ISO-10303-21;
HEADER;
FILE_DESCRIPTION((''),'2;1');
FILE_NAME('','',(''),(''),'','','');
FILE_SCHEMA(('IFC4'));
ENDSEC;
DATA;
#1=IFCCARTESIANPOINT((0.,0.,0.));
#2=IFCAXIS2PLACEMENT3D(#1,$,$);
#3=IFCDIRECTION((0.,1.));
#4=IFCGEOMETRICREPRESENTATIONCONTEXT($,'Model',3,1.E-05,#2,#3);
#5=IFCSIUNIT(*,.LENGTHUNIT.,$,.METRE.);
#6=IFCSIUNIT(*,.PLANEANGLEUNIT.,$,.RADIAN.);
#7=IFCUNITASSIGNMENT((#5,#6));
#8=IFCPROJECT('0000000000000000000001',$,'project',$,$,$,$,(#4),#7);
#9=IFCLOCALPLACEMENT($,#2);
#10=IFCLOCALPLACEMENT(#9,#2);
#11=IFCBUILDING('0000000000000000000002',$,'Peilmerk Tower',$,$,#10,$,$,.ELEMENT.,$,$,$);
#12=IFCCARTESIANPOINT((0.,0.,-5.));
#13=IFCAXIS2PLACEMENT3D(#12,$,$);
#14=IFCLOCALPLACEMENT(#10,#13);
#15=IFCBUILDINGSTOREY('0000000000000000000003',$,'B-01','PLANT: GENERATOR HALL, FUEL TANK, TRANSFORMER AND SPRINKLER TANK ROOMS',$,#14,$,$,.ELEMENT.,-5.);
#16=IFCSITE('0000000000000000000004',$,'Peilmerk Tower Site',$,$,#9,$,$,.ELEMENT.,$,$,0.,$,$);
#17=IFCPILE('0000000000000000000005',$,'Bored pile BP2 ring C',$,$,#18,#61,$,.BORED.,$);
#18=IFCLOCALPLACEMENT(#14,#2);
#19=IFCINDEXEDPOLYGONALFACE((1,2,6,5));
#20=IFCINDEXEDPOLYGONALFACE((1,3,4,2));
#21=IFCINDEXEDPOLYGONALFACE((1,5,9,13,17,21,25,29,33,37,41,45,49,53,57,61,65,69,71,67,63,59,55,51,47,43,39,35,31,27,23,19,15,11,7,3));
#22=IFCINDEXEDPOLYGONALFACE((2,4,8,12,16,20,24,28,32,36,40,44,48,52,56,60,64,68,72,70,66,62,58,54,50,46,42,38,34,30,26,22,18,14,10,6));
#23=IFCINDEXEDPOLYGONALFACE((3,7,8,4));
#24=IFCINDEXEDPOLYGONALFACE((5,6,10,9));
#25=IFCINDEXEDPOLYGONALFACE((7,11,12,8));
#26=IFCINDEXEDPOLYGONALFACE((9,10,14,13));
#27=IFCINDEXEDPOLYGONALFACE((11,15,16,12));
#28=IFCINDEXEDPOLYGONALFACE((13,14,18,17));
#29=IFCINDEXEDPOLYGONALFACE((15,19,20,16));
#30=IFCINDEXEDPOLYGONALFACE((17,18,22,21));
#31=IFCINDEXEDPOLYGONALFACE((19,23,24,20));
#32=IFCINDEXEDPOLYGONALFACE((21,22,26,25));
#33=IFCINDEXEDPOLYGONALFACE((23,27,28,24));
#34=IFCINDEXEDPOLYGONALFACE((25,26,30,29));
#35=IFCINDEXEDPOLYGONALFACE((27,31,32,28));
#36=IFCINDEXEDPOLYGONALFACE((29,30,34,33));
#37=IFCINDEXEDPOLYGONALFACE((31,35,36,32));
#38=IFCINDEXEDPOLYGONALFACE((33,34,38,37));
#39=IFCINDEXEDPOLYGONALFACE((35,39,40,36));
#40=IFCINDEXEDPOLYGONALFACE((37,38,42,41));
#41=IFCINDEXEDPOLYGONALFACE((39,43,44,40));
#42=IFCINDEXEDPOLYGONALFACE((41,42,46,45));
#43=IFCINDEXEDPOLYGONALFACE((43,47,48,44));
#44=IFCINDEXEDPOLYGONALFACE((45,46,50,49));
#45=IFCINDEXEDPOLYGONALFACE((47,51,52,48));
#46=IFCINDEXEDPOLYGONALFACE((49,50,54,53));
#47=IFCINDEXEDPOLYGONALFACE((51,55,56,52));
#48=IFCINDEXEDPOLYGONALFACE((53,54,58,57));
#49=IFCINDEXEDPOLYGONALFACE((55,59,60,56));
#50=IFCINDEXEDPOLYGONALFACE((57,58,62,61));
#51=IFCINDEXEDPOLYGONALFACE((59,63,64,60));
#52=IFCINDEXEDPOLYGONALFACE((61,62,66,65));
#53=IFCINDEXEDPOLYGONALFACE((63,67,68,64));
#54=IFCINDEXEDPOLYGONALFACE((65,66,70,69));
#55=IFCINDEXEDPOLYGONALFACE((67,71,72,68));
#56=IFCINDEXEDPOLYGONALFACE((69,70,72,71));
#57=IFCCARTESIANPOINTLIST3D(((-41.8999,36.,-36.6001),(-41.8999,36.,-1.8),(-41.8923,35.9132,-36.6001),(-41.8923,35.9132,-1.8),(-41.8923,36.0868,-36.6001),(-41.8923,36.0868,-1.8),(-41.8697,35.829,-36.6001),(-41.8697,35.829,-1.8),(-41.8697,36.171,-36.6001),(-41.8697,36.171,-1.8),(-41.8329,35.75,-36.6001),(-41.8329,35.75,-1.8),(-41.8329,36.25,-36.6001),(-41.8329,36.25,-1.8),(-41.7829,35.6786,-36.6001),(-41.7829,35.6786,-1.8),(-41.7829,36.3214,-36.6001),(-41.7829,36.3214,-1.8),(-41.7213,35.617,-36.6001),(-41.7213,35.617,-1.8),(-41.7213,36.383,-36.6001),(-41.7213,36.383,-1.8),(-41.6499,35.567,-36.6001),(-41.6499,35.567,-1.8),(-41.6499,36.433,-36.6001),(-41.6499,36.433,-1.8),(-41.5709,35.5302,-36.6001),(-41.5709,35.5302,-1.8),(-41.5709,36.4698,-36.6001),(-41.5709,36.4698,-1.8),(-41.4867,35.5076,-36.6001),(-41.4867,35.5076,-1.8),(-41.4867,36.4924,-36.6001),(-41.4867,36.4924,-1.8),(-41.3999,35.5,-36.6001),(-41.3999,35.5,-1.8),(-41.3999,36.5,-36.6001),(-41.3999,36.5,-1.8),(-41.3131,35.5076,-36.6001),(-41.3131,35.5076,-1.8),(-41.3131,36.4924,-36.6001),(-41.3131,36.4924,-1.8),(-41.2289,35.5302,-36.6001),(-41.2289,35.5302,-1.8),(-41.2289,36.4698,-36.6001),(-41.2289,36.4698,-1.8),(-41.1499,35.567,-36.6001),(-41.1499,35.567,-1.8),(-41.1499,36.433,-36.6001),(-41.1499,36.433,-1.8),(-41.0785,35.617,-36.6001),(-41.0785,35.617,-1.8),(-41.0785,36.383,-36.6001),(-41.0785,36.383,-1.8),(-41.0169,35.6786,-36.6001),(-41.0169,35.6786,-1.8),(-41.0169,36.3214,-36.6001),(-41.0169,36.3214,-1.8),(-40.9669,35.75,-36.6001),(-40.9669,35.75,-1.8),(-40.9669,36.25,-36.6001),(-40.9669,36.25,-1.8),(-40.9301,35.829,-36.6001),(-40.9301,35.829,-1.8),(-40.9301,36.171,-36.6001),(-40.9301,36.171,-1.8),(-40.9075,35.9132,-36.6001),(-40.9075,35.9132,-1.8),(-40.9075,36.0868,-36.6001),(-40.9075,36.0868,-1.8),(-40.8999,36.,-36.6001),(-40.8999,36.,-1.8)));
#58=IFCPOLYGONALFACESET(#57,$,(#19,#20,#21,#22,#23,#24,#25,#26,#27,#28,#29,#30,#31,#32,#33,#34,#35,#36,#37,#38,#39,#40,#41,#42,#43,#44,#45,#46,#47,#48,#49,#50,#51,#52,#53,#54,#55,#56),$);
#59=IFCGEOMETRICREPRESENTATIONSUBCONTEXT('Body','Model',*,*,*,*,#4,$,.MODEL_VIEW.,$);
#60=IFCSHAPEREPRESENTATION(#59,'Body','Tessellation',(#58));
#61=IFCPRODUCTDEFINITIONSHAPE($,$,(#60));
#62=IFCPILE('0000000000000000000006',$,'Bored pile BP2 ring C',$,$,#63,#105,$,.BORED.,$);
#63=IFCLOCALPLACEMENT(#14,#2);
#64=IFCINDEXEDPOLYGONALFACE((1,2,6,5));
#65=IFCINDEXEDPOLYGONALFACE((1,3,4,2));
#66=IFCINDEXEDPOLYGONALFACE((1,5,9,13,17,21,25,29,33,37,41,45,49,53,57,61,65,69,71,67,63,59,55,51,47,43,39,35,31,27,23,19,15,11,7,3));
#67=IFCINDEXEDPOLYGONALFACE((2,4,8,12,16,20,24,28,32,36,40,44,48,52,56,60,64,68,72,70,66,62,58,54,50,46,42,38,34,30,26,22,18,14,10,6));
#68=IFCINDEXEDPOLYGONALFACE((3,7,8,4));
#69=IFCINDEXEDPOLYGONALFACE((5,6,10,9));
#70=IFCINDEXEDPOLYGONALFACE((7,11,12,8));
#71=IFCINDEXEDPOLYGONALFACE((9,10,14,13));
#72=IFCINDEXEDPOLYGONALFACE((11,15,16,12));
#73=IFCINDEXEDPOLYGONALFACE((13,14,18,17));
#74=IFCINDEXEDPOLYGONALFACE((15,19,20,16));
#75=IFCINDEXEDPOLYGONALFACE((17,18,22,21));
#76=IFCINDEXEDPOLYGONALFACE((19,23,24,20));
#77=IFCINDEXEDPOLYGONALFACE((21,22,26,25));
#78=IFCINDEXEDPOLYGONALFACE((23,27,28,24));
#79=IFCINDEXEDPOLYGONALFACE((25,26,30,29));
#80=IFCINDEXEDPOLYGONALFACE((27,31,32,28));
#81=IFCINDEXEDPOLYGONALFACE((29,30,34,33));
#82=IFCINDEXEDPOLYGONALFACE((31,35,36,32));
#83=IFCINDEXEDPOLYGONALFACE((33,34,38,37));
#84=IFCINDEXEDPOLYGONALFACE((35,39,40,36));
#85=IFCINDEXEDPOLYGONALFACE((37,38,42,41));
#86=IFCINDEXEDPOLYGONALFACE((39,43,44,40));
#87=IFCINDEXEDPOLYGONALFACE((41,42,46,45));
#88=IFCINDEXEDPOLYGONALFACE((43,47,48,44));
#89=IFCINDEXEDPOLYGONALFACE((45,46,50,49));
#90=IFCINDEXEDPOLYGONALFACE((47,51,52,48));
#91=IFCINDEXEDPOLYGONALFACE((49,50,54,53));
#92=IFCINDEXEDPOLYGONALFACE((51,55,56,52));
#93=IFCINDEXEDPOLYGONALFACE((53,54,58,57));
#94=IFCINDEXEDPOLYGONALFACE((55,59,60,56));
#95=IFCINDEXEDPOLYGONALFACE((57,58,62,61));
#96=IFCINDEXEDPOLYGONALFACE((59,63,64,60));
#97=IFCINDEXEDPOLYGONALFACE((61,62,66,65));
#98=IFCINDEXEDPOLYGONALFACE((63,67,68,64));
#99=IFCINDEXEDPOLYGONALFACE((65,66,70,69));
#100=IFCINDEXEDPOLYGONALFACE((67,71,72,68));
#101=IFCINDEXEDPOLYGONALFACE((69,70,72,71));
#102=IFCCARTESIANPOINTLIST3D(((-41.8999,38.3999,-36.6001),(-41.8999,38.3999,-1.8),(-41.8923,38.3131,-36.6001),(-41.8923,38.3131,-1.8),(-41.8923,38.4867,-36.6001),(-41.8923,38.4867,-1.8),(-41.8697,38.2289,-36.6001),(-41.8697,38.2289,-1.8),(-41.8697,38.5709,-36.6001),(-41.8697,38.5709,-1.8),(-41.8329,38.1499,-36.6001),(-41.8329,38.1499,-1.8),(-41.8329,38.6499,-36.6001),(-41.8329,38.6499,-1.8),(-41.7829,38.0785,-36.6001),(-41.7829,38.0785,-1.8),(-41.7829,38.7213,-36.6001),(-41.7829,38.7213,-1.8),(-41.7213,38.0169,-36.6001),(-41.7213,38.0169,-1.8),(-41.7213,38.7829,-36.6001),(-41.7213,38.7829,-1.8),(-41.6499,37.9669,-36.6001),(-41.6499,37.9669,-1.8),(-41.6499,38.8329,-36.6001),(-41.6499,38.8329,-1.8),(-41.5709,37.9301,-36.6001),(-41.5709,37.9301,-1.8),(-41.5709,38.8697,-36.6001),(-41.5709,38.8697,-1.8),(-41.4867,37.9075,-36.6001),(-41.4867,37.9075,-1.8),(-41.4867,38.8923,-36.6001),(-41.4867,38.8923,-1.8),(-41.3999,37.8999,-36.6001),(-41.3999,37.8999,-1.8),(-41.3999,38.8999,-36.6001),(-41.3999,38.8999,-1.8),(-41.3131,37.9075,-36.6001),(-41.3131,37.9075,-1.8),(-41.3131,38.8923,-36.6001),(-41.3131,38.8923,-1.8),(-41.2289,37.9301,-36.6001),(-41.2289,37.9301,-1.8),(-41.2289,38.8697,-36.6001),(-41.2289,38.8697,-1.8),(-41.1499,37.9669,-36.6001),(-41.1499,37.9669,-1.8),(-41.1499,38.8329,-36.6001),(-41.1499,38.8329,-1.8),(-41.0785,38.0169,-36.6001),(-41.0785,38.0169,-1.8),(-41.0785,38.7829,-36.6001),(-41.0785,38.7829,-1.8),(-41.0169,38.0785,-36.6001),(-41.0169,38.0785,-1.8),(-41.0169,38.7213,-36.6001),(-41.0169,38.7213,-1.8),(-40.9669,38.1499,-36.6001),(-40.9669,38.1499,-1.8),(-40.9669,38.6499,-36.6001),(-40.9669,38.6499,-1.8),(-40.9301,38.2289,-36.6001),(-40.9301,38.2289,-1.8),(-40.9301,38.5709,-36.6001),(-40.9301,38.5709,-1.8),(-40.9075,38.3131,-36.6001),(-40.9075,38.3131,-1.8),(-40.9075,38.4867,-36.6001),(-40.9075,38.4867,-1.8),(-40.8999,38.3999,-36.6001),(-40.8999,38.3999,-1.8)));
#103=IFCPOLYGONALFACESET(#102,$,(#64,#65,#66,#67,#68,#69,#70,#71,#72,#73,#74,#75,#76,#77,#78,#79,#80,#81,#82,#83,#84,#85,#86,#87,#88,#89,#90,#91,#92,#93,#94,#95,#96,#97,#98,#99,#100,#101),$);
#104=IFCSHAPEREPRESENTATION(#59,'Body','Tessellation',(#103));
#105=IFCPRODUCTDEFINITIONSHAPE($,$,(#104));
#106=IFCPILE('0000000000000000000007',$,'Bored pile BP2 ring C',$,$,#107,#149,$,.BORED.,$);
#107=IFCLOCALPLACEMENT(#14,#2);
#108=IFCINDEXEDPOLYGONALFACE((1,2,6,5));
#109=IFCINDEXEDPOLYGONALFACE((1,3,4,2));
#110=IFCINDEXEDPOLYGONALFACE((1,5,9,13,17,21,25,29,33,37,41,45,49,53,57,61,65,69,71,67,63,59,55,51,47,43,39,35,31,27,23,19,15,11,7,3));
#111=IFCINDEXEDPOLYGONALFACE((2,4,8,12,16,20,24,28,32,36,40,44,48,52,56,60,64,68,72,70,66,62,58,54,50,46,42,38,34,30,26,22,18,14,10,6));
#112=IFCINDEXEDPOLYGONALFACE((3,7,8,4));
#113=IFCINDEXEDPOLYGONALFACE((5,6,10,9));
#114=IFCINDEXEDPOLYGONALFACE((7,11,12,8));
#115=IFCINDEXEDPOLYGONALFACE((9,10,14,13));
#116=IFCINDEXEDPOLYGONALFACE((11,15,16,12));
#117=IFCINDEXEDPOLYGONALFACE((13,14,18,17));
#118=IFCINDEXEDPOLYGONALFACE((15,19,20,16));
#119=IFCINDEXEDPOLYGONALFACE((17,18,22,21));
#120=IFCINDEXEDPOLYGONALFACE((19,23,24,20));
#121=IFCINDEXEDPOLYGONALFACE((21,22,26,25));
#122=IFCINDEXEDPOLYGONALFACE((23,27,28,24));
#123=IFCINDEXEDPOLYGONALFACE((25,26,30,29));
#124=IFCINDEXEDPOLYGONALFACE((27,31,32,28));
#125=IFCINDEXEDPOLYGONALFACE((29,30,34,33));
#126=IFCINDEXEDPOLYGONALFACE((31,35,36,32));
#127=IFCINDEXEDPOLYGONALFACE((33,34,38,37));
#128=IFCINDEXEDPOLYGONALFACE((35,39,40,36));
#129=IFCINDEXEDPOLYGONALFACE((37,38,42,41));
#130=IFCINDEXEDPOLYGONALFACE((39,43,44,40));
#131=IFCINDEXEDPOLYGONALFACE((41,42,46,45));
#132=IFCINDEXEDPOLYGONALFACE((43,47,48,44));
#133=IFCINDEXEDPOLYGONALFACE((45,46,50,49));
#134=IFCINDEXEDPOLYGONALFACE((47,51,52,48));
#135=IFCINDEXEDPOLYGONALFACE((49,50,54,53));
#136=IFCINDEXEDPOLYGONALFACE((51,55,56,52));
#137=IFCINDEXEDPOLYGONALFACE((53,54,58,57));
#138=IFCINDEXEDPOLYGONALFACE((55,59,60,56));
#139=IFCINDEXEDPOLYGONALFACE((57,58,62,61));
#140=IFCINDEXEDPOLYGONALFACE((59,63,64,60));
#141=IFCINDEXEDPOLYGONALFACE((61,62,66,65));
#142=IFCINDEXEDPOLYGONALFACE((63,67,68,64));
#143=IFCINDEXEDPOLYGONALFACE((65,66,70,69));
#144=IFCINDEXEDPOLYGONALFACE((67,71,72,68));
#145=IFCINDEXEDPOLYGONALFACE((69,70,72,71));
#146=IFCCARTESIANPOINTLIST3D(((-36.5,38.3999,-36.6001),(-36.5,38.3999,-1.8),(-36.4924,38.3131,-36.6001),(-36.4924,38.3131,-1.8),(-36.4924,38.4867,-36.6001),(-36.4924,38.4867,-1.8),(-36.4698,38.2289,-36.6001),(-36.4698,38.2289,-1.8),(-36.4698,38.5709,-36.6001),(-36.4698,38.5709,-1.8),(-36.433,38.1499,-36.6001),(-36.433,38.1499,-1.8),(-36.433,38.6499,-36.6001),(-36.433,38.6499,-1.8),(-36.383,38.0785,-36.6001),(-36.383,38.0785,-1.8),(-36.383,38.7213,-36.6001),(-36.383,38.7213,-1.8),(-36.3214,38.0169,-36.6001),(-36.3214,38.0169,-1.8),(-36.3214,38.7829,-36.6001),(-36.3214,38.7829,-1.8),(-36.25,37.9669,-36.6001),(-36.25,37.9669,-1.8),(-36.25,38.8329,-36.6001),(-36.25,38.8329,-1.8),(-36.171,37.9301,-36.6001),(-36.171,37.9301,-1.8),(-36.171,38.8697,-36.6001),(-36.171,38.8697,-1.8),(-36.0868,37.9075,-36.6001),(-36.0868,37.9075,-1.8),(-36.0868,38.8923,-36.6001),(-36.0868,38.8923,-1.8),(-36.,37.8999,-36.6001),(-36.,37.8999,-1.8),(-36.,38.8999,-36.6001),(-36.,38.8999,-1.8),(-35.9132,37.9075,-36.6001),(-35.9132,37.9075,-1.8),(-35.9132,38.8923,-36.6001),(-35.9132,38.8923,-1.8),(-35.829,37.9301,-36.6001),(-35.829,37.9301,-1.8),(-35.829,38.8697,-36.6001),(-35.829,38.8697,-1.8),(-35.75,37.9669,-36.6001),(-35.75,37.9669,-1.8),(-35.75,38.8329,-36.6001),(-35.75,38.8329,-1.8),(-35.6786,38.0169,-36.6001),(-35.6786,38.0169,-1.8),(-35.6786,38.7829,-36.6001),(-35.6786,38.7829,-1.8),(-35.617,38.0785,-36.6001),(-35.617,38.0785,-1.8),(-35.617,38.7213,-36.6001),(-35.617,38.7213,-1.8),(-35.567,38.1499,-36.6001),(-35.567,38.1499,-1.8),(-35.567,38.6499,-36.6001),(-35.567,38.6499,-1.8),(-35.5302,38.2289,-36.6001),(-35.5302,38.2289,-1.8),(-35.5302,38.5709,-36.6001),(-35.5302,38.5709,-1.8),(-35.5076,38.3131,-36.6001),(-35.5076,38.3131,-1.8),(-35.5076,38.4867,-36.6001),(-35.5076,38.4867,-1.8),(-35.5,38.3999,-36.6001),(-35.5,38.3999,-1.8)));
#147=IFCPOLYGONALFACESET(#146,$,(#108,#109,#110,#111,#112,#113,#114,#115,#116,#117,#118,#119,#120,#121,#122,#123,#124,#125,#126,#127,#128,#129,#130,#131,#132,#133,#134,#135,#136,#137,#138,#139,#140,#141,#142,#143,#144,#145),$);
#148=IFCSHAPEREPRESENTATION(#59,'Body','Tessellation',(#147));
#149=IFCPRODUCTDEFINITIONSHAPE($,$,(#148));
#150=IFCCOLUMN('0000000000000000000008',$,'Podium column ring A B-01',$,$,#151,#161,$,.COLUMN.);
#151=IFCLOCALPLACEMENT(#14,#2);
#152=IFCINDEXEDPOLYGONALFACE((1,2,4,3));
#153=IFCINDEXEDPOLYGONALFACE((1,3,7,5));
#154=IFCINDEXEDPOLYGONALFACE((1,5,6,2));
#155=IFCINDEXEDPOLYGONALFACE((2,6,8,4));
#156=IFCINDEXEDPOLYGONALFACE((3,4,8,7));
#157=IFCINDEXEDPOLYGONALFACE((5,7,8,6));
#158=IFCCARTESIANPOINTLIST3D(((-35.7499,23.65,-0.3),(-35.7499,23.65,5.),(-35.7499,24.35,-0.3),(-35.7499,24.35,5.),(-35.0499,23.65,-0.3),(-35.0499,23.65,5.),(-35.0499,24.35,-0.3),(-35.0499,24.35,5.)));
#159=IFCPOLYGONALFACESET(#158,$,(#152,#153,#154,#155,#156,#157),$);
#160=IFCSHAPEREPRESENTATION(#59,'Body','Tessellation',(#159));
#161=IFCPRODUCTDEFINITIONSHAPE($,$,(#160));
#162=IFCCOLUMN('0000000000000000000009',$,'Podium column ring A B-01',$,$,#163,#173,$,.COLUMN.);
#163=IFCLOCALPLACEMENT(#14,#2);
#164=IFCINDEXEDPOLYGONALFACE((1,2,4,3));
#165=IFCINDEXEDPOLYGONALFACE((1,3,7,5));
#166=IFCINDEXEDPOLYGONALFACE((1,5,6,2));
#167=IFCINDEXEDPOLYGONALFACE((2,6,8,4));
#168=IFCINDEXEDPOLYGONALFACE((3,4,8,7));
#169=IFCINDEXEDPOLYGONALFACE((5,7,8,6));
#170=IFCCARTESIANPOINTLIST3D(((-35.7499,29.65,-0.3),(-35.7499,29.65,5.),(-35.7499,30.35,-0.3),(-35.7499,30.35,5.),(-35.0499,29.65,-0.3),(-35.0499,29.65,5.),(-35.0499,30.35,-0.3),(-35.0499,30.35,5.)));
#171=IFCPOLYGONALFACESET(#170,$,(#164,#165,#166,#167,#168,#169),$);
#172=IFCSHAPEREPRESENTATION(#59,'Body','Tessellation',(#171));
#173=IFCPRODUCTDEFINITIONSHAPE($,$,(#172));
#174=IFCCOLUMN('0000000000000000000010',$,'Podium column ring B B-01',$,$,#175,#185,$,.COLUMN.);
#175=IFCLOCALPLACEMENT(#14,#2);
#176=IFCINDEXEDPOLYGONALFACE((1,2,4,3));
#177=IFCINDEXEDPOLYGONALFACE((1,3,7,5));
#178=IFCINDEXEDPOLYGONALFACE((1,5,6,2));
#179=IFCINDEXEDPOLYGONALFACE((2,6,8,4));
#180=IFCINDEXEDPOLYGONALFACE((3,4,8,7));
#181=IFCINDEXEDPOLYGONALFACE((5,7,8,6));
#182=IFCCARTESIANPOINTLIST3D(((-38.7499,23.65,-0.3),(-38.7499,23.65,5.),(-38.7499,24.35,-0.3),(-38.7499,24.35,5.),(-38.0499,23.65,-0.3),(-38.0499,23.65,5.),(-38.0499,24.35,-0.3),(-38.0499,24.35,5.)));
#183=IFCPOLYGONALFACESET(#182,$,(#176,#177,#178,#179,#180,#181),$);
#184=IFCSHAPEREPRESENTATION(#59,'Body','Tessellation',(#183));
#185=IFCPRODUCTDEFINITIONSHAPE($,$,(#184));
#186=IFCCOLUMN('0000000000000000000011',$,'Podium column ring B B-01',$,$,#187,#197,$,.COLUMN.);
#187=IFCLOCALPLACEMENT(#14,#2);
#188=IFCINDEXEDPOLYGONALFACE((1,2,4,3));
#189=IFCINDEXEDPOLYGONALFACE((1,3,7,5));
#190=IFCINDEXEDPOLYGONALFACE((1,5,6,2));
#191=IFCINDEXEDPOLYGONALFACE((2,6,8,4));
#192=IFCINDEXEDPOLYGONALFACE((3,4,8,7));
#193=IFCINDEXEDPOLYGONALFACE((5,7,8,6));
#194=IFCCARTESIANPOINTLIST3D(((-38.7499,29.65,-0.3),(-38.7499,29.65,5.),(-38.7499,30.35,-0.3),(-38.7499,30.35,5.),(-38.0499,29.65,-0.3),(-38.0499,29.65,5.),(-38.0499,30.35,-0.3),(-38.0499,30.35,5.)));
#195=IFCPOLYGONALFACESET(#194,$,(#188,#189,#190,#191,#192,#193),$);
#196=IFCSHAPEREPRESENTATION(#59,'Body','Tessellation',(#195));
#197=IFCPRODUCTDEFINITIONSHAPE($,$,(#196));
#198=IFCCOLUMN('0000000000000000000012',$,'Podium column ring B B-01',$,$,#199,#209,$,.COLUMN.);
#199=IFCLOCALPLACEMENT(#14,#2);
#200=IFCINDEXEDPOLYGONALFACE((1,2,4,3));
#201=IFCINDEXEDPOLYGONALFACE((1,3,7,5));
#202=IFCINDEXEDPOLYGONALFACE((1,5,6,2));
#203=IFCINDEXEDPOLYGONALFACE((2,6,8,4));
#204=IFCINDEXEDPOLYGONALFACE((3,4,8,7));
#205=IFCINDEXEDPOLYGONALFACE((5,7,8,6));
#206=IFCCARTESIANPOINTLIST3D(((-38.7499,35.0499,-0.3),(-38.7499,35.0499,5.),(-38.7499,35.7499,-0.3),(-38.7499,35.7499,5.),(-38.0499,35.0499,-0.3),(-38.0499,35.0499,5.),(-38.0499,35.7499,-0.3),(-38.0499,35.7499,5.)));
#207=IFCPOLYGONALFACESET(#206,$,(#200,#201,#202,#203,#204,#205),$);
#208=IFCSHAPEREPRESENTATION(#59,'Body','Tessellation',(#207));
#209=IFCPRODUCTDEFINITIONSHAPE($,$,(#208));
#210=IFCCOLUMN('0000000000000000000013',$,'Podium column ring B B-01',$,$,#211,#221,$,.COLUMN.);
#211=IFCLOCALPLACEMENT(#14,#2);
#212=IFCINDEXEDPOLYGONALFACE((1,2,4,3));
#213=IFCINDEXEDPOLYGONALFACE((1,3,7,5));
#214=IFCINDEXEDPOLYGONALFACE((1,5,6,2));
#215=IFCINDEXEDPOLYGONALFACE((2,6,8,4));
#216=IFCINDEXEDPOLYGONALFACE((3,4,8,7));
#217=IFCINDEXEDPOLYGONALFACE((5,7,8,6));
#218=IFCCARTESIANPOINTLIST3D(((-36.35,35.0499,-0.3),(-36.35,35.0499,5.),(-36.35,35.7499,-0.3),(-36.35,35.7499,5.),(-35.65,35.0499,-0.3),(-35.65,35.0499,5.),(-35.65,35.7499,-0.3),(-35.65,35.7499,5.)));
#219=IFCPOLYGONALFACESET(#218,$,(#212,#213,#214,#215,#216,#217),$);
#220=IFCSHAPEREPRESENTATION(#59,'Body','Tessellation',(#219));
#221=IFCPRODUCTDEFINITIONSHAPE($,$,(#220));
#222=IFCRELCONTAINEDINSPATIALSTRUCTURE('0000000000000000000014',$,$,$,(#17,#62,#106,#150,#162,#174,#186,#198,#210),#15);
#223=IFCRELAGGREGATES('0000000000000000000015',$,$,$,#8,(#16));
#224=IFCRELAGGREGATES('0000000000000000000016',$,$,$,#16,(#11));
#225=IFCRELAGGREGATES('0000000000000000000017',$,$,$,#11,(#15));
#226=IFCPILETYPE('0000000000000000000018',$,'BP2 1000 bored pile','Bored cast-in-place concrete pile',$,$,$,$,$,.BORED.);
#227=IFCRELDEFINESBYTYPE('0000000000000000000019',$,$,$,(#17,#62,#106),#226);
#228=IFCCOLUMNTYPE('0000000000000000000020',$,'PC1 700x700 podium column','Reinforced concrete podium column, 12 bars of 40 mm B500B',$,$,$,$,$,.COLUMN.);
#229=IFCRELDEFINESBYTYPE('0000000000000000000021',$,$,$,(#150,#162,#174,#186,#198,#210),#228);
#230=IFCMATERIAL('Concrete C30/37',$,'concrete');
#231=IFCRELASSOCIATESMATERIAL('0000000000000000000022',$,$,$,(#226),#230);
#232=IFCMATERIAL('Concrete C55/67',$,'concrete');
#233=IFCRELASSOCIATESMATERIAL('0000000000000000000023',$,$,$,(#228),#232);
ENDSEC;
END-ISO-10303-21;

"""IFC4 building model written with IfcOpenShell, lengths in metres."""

from ifc_helpers import new_model, si_unit, direction, frame, origin, origin_2d, place, context, subcontext, project, spatial, rectangle, circle, extrude, material, material_profile, profile_set, type_object, element, save


model = new_model("IFC4")

# Units and contexts
model_context = context("Model", 3, precision=1e-05, world=origin(), true_north=direction((0.0, 1.0)))
body_context = subcontext(model_context, "Body", "Model", "MODEL_VIEW")
ifc_project = project(units=[si_unit("LENGTHUNIT", "METRE"), si_unit("PLANEANGLEUNIT", "RADIAN")], contexts=[model_context])

# Site, building, storey
site_placement = place(None, origin())
site = spatial("IfcSite", under=ifc_project, at=site_placement, Name="Peilmerk Tower Site", CompositionType="ELEMENT", RefElevation=0.0)
building_placement = place(site_placement, origin())
building = spatial("IfcBuilding", under=site, at=building_placement, Name="Peilmerk Tower", CompositionType="ELEMENT")
storey_placement = place(building_placement, frame((0.0, 0.0, -5.0)))
storey = spatial("IfcBuildingStorey", under=building, at=storey_placement, Name="B-01", Description="PLANT: GENERATOR HALL, FUEL TANK, TRANSFORMER AND SPRINKLER TANK ROOMS", CompositionType="ELEMENT", Elevation=-5.0)

# Piles
ifc_material_1 = material(Name="Concrete C30/37", Category="concrete")
ifc_material_profile_1 = material_profile(ifc_material_1, circle(Radius=0.5, at=origin_2d()), Name="BP 1000")
ifc_profile_set_1 = profile_set([ifc_material_profile_1], Name="Concrete C30/37")
pile_type = type_object("IfcPileType", Name="BP2 1000 bored pile", Description="Bored cast-in-place concrete pile", PredefinedType="BORED", material=ifc_profile_set_1)
for number, where, z_axis, x_axis, name in (
    (1, (-41.3999, 36.0, -1.8), (0.0, 0.0, -1.0), (1.0, 0.0, 0.0), "Bored pile BP2 ring C"),
    (2, (-41.3999, 38.3999, -1.8), (0.0, 0.0, -1.0), (1.0, 0.0, 0.0), "Bored pile BP2 ring C"),
    (3, (-36.0, 38.3999, -1.8), (0.0, 0.0, -1.0), (1.0, 0.0, 0.0), "Bored pile BP2 ring C"),
):
    element("IfcPile", number, at=place(storey_placement, frame(where, z_axis=z_axis, x_axis=x_axis)), inside=storey, type_object=pile_type, Name=name, PredefinedType="BORED", context=body_context, shape_type="SweptSolid", body=[
        extrude(circle(Radius=0.5, at=origin_2d()), origin(), (0.0, 0.0, 1.0), 34.8),
    ])

# Columns
ifc_material_2 = material(Name="Concrete C55/67", Category="concrete")
ifc_material_profile_2 = material_profile(ifc_material_2, rectangle(XDim=0.7, YDim=0.7, at=origin_2d()), Name="RC 700x700")
ifc_profile_set_2 = profile_set([ifc_material_profile_2], Name="Concrete C55/67")
column_type = type_object("IfcColumnType", Name="PC1 700x700 podium column", Description="Reinforced concrete podium column, 12 bars of 40 mm B500B", PredefinedType="COLUMN", material=ifc_profile_set_2)
for number, where, z_axis, x_axis, name in (
    (4, (-35.3999, 24.0, -0.3), (0.0, 0.0, 1.0), (1.0, 0.0, 0.0), "Podium column ring A B-01"),
    (5, (-35.3999, 30.0, -0.3), (0.0, 0.0, 1.0), (1.0, 0.0, 0.0), "Podium column ring A B-01"),
    (6, (-38.3999, 24.0, -0.3), (0.0, 0.0, 1.0), (1.0, 0.0, 0.0), "Podium column ring B B-01"),
    (7, (-38.3999, 30.0, -0.3), (0.0, 0.0, 1.0), (1.0, 0.0, 0.0), "Podium column ring B B-01"),
    (8, (-38.3999, 35.3999, -0.3), (0.0, 0.0, 1.0), (1.0, 0.0, 0.0), "Podium column ring B B-01"),
    (9, (-36.0, 35.3999, -0.3), (0.0, 0.0, 1.0), (1.0, 0.0, 0.0), "Podium column ring B B-01"),
):
    element("IfcColumn", number, at=place(storey_placement, frame(where, z_axis=z_axis, x_axis=x_axis)), inside=storey, type_object=column_type, Name=name, PredefinedType="COLUMN", context=body_context, shape_type="SweptSolid", body=[
        extrude(rectangle(XDim=0.7, YDim=0.7, at=origin_2d()), origin(), (0.0, 0.0, 1.0), 5.3),
    ])

save(model, "model.ifc")
